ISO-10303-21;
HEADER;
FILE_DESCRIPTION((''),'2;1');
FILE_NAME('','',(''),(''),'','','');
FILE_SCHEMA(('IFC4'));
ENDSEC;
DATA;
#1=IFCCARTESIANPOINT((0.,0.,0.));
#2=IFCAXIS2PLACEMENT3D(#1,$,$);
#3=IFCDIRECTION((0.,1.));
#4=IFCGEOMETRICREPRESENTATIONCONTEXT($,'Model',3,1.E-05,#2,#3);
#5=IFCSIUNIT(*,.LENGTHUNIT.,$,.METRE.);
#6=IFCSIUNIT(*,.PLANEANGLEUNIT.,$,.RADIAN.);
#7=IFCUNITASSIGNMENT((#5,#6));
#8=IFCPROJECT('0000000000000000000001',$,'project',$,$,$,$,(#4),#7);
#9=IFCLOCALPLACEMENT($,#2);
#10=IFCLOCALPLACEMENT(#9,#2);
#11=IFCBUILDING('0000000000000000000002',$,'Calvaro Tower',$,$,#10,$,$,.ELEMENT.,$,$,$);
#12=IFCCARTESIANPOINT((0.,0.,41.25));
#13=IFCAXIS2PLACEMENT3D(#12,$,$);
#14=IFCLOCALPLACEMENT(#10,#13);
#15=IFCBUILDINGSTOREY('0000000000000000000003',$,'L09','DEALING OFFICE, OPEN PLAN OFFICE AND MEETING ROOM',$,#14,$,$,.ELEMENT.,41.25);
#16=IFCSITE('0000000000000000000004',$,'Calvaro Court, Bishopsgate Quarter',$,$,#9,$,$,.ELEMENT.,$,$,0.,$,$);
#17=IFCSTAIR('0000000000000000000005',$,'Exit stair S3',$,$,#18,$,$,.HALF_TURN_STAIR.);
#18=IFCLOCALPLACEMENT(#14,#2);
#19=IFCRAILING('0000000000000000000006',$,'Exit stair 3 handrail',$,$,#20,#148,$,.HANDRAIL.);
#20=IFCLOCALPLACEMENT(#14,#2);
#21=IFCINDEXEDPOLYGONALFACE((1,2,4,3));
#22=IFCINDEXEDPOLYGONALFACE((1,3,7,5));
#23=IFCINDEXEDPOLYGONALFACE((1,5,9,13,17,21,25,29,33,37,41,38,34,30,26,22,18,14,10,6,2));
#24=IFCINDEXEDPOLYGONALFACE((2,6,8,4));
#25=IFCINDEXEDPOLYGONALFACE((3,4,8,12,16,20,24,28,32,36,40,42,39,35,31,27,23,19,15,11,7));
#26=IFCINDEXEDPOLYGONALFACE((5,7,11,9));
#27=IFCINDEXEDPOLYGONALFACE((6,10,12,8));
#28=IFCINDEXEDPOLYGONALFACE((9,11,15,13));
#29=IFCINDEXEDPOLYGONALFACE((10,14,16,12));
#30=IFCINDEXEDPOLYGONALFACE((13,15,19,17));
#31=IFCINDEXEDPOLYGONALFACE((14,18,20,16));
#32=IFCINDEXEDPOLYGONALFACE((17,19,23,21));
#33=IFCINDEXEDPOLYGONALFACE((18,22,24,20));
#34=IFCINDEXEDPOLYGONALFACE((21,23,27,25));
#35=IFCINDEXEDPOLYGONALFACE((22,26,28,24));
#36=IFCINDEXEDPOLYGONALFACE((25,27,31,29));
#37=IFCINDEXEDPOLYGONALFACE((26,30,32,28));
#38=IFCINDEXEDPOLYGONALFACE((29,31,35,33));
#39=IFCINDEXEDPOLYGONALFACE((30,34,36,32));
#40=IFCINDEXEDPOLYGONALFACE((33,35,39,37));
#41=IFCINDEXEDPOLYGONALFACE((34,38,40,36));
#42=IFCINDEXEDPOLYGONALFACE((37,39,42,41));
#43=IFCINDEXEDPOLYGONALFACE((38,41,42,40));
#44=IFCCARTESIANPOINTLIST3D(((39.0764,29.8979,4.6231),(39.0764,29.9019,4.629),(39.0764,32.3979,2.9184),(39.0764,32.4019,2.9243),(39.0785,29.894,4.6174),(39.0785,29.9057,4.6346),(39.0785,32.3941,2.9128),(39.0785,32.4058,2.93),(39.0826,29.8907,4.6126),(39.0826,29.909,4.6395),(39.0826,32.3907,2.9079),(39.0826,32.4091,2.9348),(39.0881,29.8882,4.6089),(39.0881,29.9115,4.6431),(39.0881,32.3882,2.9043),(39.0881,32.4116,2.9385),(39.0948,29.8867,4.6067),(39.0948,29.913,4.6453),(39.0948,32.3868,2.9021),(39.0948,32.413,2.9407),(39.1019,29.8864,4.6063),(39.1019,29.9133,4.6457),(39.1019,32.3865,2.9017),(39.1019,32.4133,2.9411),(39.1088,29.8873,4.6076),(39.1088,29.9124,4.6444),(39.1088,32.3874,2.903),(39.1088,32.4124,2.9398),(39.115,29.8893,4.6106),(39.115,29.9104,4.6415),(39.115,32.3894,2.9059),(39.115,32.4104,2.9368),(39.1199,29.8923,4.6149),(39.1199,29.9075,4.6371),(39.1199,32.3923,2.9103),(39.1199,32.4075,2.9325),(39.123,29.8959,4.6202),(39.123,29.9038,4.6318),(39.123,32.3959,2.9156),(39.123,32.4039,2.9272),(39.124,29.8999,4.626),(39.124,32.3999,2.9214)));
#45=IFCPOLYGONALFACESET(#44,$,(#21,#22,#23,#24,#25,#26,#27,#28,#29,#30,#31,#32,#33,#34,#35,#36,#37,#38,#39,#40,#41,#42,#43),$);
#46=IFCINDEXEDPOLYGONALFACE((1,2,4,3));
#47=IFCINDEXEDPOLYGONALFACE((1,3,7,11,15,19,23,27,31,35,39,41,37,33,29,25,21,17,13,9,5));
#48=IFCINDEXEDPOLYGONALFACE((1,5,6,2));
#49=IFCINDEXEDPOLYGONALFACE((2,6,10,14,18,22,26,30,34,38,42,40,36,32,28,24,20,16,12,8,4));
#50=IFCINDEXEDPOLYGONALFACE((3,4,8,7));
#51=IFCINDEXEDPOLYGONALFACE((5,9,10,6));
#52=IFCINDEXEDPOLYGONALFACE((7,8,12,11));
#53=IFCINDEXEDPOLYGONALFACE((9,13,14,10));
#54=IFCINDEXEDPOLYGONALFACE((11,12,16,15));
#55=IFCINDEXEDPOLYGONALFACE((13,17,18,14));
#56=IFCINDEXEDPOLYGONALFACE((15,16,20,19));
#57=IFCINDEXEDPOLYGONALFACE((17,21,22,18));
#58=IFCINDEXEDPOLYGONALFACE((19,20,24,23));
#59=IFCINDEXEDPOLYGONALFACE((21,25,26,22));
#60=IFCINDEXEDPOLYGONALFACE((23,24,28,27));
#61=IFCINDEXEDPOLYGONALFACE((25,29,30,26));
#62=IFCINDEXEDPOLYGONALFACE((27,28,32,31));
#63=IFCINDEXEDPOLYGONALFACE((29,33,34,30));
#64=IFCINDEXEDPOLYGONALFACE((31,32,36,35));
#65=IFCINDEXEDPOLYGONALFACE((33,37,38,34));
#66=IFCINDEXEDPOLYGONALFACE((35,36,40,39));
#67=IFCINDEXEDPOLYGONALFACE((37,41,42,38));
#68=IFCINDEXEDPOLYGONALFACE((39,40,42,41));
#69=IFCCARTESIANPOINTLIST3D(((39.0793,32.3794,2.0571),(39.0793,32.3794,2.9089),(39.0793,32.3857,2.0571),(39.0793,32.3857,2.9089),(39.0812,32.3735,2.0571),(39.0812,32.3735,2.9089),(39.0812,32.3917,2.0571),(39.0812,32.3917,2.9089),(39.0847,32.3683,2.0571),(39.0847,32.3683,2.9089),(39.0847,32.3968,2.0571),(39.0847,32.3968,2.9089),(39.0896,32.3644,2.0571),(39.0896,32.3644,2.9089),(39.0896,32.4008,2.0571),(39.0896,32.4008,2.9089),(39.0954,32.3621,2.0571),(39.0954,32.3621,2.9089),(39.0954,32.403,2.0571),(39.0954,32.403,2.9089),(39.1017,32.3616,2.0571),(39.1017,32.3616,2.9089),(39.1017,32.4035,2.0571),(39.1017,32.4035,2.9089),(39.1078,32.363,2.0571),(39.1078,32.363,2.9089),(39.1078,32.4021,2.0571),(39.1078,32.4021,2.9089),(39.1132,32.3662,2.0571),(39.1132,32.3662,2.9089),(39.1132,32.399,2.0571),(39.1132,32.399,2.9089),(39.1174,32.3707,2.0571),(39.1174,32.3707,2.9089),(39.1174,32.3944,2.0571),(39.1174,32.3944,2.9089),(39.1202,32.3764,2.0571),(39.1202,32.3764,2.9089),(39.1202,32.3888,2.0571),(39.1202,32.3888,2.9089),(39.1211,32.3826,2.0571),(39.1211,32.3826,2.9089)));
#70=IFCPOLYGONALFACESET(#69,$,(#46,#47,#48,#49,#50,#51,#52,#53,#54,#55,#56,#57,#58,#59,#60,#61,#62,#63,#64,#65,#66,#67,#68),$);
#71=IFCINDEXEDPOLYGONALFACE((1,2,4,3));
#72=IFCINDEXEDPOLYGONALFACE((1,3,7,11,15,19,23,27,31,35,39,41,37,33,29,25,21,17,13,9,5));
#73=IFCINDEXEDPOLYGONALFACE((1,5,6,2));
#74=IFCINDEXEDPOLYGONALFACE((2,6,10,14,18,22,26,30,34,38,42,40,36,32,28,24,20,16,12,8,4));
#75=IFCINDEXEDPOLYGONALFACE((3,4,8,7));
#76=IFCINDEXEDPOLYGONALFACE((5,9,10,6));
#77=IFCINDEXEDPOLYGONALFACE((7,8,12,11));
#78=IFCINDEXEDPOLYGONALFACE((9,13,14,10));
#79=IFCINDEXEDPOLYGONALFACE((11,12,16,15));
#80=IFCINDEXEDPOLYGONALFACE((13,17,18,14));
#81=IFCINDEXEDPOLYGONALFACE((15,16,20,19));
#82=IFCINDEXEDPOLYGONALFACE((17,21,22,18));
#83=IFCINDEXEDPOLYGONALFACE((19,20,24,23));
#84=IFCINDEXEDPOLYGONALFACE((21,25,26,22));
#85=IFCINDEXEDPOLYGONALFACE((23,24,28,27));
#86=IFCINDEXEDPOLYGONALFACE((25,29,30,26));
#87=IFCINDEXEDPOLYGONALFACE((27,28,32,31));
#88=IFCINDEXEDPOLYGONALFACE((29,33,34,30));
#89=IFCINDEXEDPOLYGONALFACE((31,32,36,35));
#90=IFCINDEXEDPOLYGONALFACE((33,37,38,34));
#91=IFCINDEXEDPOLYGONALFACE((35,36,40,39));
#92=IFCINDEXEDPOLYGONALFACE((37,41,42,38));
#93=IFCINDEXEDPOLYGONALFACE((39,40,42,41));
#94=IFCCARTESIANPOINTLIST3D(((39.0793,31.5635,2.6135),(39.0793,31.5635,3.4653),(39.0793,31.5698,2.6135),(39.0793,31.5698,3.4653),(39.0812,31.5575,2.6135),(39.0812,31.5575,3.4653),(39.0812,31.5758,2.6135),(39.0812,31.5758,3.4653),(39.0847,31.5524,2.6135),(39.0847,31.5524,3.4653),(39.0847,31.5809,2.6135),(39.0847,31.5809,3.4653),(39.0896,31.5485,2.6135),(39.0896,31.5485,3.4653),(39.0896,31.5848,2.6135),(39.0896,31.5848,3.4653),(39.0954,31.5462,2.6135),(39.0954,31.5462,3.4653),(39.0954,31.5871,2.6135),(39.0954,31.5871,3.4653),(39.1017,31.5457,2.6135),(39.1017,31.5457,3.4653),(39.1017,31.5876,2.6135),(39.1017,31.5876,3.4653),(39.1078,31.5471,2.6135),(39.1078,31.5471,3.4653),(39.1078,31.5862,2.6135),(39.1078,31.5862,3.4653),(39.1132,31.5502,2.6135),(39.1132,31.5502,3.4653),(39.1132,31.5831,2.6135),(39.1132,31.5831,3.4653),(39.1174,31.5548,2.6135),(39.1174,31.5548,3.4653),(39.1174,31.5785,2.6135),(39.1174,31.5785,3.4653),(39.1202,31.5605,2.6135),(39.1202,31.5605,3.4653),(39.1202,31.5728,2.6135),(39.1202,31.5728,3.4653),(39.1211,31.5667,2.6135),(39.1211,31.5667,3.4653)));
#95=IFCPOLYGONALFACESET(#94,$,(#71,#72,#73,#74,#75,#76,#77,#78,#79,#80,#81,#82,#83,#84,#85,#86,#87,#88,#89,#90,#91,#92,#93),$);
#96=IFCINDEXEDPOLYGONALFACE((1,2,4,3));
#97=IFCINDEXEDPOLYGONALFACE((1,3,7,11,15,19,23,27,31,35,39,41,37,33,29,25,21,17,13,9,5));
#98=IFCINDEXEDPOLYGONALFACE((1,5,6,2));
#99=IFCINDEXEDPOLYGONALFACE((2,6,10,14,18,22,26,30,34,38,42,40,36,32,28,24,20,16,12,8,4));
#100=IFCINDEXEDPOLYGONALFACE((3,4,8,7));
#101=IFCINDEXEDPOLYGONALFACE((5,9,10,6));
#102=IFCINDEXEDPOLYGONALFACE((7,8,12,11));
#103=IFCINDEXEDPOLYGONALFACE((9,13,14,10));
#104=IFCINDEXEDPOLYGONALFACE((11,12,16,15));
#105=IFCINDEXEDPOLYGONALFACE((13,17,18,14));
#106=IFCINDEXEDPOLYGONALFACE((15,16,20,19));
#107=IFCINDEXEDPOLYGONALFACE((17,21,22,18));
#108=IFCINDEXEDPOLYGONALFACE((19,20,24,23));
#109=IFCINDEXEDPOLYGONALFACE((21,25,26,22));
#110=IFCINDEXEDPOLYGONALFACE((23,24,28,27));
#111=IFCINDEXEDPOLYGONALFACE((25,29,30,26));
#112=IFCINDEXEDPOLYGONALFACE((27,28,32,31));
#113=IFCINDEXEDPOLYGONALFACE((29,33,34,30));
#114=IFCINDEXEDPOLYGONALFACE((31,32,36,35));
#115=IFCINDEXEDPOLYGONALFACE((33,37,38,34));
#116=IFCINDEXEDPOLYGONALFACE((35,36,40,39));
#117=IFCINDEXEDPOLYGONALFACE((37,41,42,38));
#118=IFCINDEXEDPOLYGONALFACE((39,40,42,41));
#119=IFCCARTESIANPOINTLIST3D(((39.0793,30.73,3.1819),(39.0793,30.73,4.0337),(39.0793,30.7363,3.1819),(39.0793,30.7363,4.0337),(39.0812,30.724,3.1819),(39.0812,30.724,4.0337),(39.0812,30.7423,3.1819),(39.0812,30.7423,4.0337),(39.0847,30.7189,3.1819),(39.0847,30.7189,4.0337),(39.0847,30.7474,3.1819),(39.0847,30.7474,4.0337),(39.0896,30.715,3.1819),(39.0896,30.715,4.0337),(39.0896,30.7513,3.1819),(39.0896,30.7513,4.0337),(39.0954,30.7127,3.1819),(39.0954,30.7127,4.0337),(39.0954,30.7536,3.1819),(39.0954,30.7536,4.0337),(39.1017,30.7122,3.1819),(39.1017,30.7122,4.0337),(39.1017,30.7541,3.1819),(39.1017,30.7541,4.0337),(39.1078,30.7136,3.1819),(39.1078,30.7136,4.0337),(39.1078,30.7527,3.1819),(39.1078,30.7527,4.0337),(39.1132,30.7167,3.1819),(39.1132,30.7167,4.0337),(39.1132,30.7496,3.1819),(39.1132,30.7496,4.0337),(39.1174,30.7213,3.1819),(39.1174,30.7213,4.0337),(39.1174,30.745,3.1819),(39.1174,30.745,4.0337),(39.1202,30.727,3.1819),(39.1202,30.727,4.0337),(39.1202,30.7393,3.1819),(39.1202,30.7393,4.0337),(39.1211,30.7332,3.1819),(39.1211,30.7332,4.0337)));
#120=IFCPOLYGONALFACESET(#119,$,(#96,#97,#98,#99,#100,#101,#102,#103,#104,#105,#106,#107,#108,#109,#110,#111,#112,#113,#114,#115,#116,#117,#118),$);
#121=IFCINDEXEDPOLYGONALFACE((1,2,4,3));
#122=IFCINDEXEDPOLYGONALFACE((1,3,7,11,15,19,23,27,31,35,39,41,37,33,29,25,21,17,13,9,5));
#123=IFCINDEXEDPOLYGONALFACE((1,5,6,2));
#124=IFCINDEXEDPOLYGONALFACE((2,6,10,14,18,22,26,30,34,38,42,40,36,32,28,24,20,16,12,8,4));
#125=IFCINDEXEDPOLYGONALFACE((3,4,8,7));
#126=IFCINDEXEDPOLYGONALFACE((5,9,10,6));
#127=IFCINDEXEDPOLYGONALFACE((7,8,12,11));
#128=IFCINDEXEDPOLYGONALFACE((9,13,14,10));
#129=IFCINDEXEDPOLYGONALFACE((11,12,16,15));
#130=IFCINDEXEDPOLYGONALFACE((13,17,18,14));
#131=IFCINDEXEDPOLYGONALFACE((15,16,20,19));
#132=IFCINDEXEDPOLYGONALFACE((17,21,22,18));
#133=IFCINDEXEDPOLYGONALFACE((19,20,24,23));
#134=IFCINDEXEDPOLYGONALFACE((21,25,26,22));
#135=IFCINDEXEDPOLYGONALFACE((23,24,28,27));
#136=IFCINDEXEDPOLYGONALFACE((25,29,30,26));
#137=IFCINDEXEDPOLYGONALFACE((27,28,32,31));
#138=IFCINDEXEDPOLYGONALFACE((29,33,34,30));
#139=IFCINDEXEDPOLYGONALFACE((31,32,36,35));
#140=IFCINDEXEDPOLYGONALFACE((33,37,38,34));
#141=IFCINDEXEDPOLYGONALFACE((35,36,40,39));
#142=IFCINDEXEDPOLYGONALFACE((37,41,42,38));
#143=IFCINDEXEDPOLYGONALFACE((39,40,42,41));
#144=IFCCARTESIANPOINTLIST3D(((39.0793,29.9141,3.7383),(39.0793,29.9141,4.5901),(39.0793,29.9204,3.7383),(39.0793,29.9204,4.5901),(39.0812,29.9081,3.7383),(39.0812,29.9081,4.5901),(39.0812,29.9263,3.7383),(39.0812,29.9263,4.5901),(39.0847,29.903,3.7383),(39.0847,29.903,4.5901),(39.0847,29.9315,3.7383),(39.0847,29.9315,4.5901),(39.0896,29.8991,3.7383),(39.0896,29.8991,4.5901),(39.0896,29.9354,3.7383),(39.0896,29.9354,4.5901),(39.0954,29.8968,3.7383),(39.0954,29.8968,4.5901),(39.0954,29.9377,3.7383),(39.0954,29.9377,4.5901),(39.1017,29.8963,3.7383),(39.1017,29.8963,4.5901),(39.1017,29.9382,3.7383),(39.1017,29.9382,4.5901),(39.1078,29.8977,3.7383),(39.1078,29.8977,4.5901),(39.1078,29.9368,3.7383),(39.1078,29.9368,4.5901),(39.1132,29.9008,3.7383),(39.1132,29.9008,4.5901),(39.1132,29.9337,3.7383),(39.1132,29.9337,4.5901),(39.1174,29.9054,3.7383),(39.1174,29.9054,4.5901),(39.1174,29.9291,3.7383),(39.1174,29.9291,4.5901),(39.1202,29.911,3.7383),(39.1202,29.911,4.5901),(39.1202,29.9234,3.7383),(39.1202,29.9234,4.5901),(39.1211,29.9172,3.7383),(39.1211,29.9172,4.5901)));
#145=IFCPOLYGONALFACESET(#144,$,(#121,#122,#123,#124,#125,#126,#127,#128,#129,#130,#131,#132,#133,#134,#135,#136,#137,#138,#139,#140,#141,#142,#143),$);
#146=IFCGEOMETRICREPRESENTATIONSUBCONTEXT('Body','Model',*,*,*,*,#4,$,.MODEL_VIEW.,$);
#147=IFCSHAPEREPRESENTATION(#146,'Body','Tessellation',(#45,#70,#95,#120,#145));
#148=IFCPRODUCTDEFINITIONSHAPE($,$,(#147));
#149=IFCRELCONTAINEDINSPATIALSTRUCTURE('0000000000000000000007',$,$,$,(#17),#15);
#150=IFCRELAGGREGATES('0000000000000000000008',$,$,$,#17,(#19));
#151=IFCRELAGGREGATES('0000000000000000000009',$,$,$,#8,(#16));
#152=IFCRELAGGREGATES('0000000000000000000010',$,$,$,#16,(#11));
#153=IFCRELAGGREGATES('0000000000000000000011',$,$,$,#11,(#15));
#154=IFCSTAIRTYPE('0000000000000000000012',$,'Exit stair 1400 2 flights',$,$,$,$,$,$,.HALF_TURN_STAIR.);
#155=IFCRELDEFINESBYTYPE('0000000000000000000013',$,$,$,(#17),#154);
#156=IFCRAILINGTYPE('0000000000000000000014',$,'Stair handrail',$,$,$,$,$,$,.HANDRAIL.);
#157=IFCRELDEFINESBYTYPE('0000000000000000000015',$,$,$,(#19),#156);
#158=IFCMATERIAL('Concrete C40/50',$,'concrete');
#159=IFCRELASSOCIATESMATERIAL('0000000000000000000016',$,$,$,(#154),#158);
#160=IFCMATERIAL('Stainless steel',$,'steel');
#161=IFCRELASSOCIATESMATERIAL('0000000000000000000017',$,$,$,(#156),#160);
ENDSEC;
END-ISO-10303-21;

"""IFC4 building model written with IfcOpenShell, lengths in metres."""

from ifc_helpers import new_model, si_unit, direction, frame, origin, origin_2d, place, context, subcontext, project, spatial, circle, extrude, material, type_object, element, aggregate, save


model = new_model("IFC4")

# Units and contexts
model_context = context("Model", 3, precision=1e-05, world=origin(), true_north=direction((0.0, 1.0)))
body_context = subcontext(model_context, "Body", "Model", "MODEL_VIEW")
ifc_project = project(units=[si_unit("LENGTHUNIT", "METRE"), si_unit("PLANEANGLEUNIT", "RADIAN")], contexts=[model_context])

# Site, building, storey
site_placement = place(None, origin())
site = spatial("IfcSite", under=ifc_project, at=site_placement, Name="Calvaro Court, Bishopsgate Quarter", CompositionType="ELEMENT", RefElevation=0.0)
building_placement = place(site_placement, origin())
building = spatial("IfcBuilding", under=site, at=building_placement, Name="Calvaro Tower", CompositionType="ELEMENT")
storey_placement = place(building_placement, frame((0.0, 0.0, 41.25)))
storey = spatial("IfcBuildingStorey", under=building, at=storey_placement, Name="L09", Description="DEALING OFFICE, OPEN PLAN OFFICE AND MEETING ROOM", CompositionType="ELEMENT", Elevation=41.25)

# Stair
ifc_material_1 = material(Name="Concrete C40/50", Category="concrete")
stair_type = type_object("IfcStairType", Name="Exit stair 1400 2 flights", PredefinedType="HALF_TURN_STAIR", material=ifc_material_1)
stair_1_placement = place(storey_placement, origin())
stair_1 = element("IfcStair", 1, at=stair_1_placement, inside=storey, type_object=stair_type, Name="Exit stair S3", PredefinedType="HALF_TURN_STAIR")

# Railing
ifc_material_2 = material(Name="Stainless steel", Category="steel")
railing_type = type_object("IfcRailingType", Name="Stair handrail", PredefinedType="HANDRAIL", material=ifc_material_2)
railing_1_placement = place(storey_placement, frame((39.1001, 32.3999, 2.0454)))
railing_1 = element("IfcRailing", 2, at=railing_1_placement, type_object=railing_type, Name="Exit stair 3 handrail", PredefinedType="HANDRAIL", context=body_context, shape_type="SweptSolid", body=[
    extrude(circle(Radius=0.0239, at=origin_2d()), frame((0.0, 0.0, 0.876), z_axis=(0.0, -0.826221, 0.563347), x_axis=(1.0, 0.0, 0.0)), (0.0, 0.0, 1.0), 3.0259),
    extrude(circle(Radius=0.021, at=origin_2d()), frame((0.0, -0.0173, 0.0117)), (0.0, 0.0, 1.0), 0.8518),
    extrude(circle(Radius=0.021, at=origin_2d()), frame((0.0, -0.8333, 0.5681)), (0.0, 0.0, 1.0), 0.8518),
    extrude(circle(Radius=0.021, at=origin_2d()), frame((0.0, -1.6667, 1.1365)), (0.0, 0.0, 1.0), 0.8518),
    extrude(circle(Radius=0.021, at=origin_2d()), frame((0.0, -2.4827, 1.6929)), (0.0, 0.0, 1.0), 0.8518),
])
aggregate(stair_1, [railing_1])

save(model, "model.ifc")
